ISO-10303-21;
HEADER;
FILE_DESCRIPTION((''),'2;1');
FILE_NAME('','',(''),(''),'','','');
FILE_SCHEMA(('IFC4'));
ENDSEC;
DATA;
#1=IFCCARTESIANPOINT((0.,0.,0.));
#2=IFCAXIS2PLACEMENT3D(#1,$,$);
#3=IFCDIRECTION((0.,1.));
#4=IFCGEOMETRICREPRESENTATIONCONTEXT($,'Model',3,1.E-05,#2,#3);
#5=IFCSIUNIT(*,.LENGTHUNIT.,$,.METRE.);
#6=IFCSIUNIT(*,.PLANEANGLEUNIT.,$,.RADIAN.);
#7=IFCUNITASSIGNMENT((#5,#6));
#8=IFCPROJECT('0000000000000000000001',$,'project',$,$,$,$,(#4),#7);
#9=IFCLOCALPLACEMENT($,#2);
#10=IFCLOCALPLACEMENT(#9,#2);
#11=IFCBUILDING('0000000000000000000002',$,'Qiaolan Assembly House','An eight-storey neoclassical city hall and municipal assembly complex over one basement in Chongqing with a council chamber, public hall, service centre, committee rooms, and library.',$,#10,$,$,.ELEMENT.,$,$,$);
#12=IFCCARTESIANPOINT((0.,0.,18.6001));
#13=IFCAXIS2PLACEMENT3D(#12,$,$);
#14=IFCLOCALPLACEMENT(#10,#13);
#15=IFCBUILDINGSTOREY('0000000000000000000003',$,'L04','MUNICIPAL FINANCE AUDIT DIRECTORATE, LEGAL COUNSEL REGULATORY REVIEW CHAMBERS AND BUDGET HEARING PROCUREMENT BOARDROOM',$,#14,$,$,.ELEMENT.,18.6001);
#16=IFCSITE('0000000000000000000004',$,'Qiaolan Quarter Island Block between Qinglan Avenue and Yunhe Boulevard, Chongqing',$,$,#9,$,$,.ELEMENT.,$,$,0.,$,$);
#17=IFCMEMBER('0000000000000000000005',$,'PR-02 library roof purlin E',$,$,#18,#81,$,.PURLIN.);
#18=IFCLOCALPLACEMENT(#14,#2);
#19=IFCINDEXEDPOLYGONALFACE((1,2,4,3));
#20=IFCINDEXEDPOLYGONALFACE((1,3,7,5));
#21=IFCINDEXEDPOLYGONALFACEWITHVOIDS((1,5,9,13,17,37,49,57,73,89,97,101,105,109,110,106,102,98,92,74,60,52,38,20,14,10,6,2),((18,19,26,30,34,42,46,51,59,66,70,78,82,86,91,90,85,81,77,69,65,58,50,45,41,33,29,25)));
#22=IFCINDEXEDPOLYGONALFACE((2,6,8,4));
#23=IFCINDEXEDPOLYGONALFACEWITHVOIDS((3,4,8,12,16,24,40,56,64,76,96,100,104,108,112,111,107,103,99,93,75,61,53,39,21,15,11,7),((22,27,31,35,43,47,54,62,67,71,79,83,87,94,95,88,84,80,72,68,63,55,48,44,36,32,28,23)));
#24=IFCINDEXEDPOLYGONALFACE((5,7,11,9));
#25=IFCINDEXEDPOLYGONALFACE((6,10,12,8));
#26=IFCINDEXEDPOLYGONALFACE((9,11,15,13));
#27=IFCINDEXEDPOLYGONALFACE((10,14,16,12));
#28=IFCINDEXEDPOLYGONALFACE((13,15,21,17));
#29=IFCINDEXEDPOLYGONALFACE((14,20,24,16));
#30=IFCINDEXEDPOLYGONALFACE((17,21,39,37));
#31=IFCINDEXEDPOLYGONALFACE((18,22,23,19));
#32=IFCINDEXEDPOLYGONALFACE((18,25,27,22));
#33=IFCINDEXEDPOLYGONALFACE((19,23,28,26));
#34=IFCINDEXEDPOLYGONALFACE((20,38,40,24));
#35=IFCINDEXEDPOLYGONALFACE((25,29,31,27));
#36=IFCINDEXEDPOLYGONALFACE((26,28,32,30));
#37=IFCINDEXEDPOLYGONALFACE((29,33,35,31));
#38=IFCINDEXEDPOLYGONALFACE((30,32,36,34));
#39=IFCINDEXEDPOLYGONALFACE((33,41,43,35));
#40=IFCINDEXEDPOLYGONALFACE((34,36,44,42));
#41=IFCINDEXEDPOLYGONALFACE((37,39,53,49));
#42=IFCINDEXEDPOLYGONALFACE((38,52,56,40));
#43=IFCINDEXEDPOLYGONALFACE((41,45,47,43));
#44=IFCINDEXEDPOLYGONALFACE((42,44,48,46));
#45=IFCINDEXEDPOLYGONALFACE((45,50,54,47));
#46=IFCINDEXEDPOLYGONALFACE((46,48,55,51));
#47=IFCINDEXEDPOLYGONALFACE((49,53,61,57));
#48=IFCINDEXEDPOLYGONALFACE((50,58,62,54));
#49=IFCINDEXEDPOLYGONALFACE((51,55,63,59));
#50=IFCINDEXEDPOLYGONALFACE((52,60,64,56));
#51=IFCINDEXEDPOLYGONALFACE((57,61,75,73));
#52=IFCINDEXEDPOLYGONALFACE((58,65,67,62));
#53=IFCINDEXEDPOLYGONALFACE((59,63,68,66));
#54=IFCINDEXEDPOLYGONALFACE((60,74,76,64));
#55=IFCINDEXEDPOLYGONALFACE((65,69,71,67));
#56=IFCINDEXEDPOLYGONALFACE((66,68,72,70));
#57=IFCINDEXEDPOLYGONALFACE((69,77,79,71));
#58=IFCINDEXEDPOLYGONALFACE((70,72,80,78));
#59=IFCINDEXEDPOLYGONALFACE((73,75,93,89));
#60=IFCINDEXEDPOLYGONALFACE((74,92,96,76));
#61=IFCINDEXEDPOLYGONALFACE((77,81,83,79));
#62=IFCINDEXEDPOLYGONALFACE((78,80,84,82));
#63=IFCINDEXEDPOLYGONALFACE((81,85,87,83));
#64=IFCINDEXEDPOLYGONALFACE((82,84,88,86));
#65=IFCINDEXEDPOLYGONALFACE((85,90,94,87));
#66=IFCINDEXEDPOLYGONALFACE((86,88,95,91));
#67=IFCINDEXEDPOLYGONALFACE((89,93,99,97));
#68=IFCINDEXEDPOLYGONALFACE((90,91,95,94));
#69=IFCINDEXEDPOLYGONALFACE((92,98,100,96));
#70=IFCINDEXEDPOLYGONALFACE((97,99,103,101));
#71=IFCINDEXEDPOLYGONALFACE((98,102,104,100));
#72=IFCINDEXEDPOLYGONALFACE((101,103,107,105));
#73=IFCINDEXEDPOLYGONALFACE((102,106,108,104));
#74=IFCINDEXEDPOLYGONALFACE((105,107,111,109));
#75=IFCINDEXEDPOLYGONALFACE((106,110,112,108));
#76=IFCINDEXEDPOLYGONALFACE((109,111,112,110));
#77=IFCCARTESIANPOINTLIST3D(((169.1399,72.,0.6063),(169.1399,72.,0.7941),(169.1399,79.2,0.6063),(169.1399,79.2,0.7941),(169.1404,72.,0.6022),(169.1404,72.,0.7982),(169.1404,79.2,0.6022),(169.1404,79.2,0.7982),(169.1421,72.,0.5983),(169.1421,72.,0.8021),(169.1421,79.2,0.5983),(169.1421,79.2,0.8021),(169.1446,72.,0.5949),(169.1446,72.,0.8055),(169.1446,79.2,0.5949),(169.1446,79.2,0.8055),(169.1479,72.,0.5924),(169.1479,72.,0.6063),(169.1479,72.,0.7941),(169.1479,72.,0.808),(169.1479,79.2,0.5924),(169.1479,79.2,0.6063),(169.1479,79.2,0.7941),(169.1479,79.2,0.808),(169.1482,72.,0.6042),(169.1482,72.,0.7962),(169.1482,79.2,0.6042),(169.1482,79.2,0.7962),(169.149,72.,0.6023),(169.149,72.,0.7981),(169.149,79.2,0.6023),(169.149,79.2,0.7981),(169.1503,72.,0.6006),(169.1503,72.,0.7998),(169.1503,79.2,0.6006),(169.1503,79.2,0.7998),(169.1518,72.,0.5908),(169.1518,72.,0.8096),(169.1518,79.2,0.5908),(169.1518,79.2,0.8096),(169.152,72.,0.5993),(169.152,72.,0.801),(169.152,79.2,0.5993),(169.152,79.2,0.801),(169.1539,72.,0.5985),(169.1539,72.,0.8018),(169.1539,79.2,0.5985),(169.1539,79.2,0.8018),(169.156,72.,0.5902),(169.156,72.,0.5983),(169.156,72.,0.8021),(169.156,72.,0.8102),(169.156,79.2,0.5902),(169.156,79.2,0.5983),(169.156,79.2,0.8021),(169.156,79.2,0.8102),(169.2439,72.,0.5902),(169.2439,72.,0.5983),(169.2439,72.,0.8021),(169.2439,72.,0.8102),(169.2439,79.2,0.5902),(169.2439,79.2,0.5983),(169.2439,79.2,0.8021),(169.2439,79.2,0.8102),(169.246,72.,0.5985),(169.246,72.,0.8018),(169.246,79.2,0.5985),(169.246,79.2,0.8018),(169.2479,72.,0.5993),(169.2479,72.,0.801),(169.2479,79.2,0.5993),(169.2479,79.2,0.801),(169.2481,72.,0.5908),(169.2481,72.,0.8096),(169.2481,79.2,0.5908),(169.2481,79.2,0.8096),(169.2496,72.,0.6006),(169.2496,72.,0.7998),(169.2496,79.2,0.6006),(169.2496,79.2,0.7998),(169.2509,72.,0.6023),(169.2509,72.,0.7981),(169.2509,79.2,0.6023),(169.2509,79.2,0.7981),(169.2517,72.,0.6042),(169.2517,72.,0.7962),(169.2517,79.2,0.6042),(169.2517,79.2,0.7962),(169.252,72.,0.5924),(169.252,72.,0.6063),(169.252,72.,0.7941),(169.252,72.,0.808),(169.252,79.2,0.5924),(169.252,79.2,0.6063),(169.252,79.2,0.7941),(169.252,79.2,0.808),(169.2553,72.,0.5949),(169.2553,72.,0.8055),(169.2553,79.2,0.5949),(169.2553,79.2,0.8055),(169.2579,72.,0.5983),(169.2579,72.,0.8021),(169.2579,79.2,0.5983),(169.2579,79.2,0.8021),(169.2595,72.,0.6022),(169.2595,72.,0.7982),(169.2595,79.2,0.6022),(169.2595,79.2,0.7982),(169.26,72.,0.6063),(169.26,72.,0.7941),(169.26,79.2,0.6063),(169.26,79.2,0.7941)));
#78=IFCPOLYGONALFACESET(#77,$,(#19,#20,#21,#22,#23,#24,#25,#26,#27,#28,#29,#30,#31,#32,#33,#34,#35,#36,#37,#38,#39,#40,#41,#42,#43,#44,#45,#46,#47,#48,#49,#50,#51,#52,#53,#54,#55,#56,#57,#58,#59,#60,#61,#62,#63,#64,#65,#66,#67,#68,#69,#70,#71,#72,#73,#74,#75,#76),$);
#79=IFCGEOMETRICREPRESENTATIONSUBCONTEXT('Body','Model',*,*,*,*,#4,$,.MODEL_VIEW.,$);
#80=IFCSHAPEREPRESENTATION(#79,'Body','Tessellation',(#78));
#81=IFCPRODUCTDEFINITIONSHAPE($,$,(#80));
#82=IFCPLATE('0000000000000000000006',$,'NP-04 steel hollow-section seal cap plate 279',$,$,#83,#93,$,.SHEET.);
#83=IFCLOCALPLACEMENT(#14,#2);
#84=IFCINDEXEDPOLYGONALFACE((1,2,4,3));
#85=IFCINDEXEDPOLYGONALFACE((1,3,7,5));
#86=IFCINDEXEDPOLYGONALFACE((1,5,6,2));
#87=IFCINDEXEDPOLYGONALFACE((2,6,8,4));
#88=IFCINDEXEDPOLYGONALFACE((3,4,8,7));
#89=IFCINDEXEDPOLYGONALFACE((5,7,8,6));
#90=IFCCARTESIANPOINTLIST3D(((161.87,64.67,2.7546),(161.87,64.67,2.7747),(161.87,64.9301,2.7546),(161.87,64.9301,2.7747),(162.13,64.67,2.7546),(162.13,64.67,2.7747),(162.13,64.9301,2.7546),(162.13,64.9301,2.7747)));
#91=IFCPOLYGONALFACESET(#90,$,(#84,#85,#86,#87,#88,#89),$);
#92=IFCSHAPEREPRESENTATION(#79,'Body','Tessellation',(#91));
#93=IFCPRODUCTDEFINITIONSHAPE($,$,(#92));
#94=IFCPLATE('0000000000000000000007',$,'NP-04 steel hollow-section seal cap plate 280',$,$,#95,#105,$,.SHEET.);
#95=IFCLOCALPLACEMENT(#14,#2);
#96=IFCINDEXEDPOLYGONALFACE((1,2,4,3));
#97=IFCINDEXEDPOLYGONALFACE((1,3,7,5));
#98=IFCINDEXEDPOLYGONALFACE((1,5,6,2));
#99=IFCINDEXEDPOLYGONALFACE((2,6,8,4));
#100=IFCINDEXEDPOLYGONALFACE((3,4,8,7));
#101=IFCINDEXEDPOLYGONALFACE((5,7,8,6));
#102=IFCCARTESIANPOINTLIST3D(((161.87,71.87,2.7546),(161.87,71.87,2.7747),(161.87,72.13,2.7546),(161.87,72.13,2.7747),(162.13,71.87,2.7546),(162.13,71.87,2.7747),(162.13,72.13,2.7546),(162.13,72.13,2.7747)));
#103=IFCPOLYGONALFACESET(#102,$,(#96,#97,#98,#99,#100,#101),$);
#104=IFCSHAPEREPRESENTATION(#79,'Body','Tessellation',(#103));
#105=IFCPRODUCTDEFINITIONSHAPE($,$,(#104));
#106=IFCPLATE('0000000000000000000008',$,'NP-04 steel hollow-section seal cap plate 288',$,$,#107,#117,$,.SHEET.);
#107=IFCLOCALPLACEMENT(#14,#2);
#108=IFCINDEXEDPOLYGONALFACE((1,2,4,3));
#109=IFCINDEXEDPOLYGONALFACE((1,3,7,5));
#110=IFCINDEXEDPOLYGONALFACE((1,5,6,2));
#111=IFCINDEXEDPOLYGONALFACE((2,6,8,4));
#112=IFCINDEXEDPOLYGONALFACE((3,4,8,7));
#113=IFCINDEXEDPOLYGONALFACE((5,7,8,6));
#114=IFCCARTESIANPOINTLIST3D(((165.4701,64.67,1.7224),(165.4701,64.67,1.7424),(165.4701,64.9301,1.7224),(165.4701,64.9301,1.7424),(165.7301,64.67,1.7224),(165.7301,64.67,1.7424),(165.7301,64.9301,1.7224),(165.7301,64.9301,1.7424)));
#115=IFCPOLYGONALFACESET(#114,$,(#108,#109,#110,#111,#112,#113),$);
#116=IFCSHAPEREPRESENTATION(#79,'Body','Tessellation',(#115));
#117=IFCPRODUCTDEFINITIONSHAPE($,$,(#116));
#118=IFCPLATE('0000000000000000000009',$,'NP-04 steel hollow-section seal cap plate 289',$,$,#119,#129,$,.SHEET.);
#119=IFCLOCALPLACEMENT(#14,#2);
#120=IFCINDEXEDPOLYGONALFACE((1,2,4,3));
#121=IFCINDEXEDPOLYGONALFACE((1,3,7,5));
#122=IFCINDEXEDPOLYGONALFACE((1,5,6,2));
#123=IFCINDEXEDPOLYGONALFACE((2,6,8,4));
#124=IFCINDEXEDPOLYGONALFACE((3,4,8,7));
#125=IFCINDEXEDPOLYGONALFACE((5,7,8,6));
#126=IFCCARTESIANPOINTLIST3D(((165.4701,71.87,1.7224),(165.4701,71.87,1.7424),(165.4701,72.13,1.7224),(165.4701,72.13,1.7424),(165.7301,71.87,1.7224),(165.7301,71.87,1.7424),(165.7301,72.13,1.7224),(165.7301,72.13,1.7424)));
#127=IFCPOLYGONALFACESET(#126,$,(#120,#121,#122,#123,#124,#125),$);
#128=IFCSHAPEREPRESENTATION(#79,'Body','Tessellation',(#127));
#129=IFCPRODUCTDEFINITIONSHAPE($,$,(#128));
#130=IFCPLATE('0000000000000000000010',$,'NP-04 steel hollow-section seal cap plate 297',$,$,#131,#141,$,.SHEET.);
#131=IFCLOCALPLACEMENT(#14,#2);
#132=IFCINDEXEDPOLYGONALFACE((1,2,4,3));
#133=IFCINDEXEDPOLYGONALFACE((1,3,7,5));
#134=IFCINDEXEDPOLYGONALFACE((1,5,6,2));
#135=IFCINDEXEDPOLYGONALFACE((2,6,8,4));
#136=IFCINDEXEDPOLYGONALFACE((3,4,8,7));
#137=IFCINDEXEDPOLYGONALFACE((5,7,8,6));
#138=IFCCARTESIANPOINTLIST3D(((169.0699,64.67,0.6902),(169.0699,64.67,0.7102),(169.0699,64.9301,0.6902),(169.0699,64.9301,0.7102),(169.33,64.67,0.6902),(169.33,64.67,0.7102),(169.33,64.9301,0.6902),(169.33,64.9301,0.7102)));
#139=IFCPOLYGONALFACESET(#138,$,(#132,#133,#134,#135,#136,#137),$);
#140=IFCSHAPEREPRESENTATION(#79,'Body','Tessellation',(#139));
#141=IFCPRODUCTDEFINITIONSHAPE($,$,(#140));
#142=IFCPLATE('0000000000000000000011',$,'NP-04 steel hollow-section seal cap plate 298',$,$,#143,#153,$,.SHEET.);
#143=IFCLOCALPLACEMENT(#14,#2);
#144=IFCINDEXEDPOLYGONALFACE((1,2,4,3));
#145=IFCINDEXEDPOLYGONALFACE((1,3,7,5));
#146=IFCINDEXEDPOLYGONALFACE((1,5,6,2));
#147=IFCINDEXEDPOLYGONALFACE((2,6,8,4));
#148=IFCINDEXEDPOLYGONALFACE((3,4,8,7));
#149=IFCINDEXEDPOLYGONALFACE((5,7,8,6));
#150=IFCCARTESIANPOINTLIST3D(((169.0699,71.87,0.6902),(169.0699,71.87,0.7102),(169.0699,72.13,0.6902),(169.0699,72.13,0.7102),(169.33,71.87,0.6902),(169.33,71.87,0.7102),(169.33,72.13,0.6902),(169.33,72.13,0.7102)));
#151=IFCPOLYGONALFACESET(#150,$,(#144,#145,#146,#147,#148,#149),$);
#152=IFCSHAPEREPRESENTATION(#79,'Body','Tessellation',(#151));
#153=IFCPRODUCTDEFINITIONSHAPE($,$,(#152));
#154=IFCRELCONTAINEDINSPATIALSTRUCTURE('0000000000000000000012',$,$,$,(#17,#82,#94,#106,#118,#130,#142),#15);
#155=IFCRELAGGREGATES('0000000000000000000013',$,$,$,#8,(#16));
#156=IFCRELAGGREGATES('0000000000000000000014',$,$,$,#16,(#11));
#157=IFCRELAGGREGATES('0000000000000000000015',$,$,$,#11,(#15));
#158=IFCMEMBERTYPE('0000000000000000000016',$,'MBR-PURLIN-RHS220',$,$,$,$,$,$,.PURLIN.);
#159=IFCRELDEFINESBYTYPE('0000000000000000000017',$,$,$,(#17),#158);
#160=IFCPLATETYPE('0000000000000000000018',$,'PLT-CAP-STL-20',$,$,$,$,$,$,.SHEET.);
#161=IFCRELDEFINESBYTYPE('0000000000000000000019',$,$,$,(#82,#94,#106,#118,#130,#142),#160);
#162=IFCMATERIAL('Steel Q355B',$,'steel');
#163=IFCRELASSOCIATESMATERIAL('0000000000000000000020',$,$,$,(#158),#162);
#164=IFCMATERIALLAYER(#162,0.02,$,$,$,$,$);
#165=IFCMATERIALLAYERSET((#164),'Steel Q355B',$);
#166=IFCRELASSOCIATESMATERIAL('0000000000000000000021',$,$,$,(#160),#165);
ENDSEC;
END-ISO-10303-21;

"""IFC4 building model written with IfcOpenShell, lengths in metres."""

from ifc_helpers import new_model, si_unit, direction, frame, origin, origin_2d, place, context, subcontext, project, spatial, rectangle, hollow_rectangle, extrude, material, layer, layer_set, material_profile, profile_set, type_object, element, save


model = new_model("IFC4")

# Units and contexts
model_context = context("Model", 3, precision=1e-05, world=origin(), true_north=direction((0.0, 1.0)))
body_context = subcontext(model_context, "Body", "Model", "MODEL_VIEW")
ifc_project = project(units=[si_unit("LENGTHUNIT", "METRE"), si_unit("PLANEANGLEUNIT", "RADIAN")], contexts=[model_context])

# Site, building, storey
site_placement = place(None, origin())
site = spatial("IfcSite", under=ifc_project, at=site_placement, Name="Qiaolan Quarter Island Block between Qinglan Avenue and Yunhe Boulevard, Chongqing", CompositionType="ELEMENT", RefElevation=0.0)
building_placement = place(site_placement, origin())
building = spatial("IfcBuilding", under=site, at=building_placement, Name="Qiaolan Assembly House", Description="An eight-storey neoclassical city hall and municipal assembly complex over one basement in Chongqing with a council chamber, public hall, service centre, committee rooms, and library.", CompositionType="ELEMENT")
storey_placement = place(building_placement, frame((0.0, 0.0, 18.6001)))
storey = spatial("IfcBuildingStorey", under=building, at=storey_placement, Name="L04", Description="MUNICIPAL FINANCE AUDIT DIRECTORATE, LEGAL COUNSEL REGULATORY REVIEW CHAMBERS AND BUDGET HEARING PROCUREMENT BOARDROOM", CompositionType="ELEMENT", Elevation=18.6001)

# Shared definitions
ifc_material = material(Name="Steel Q355B", Category="steel")

# Member
ifc_material_profile_1 = material_profile(ifc_material, hollow_rectangle(XDim=0.1201, YDim=0.22, WallThickness=0.0081, InnerFilletRadius=0.0081, OuterFilletRadius=0.0161, at=origin_2d()), Name="RHS 220x120x8")
ifc_profile_set_1 = profile_set([ifc_material_profile_1], Name="Steel Q355B")
member_type = type_object("IfcMemberType", Name="MBR-PURLIN-RHS220", PredefinedType="PURLIN", material=ifc_profile_set_1)
for number, where, z_axis, x_axis, name in (
    (1, (169.2, 72.0, 0.7002), (0.0, 1.0, 0.0), (-1.0, 0.0, 0.0), "PR-02 library roof purlin E"),
):
    element("IfcMember", number, at=place(storey_placement, frame(where, z_axis=z_axis, x_axis=x_axis)), inside=storey, type_object=member_type, Name=name, PredefinedType="PURLIN", context=body_context, shape_type="SweptSolid", body=[
        extrude(hollow_rectangle(XDim=0.1201, YDim=0.22, WallThickness=0.0081, InnerFilletRadius=0.0081, OuterFilletRadius=0.0161, at=origin_2d()), origin(), (0.0, 0.0, 1.0), 7.2),
    ])

# Plates
ifc_layer = layer(ifc_material, 0.02)
ifc_layer_set = layer_set([ifc_layer], Name="Steel Q355B")
plate_type = type_object("IfcPlateType", Name="PLT-CAP-STL-20", PredefinedType="SHEET", material=ifc_layer_set)
for number, where, z_axis, x_axis, name in (
    (2, (162.0, 64.8, 2.7546), (0.0, 0.0, 1.0), (1.0, 0.0, 0.0), "NP-04 steel hollow-section seal cap plate 279"),
    (3, (162.0, 72.0, 2.7546), (0.0, 0.0, 1.0), (1.0, 0.0, 0.0), "NP-04 steel hollow-section seal cap plate 280"),
    (4, (165.6001, 64.8, 1.7224), (0.0, 0.0, 1.0), (1.0, 0.0, 0.0), "NP-04 steel hollow-section seal cap plate 288"),
    (5, (165.6001, 72.0, 1.7224), (0.0, 0.0, 1.0), (1.0, 0.0, 0.0), "NP-04 steel hollow-section seal cap plate 289"),
    (6, (169.2, 64.8, 0.6902), (0.0, 0.0, 1.0), (1.0, 0.0, 0.0), "NP-04 steel hollow-section seal cap plate 297"),
    (7, (169.2, 72.0, 0.6902), (0.0, 0.0, 1.0), (1.0, 0.0, 0.0), "NP-04 steel hollow-section seal cap plate 298"),
):
    element("IfcPlate", number, at=place(storey_placement, frame(where, z_axis=z_axis, x_axis=x_axis)), inside=storey, type_object=plate_type, Name=name, PredefinedType="SHEET", context=body_context, shape_type="SweptSolid", body=[
        extrude(rectangle(XDim=0.26, YDim=0.26, at=origin_2d()), origin(), (0.0, 0.0, 1.0), 0.02),
    ])

save(model, "model.ifc")
